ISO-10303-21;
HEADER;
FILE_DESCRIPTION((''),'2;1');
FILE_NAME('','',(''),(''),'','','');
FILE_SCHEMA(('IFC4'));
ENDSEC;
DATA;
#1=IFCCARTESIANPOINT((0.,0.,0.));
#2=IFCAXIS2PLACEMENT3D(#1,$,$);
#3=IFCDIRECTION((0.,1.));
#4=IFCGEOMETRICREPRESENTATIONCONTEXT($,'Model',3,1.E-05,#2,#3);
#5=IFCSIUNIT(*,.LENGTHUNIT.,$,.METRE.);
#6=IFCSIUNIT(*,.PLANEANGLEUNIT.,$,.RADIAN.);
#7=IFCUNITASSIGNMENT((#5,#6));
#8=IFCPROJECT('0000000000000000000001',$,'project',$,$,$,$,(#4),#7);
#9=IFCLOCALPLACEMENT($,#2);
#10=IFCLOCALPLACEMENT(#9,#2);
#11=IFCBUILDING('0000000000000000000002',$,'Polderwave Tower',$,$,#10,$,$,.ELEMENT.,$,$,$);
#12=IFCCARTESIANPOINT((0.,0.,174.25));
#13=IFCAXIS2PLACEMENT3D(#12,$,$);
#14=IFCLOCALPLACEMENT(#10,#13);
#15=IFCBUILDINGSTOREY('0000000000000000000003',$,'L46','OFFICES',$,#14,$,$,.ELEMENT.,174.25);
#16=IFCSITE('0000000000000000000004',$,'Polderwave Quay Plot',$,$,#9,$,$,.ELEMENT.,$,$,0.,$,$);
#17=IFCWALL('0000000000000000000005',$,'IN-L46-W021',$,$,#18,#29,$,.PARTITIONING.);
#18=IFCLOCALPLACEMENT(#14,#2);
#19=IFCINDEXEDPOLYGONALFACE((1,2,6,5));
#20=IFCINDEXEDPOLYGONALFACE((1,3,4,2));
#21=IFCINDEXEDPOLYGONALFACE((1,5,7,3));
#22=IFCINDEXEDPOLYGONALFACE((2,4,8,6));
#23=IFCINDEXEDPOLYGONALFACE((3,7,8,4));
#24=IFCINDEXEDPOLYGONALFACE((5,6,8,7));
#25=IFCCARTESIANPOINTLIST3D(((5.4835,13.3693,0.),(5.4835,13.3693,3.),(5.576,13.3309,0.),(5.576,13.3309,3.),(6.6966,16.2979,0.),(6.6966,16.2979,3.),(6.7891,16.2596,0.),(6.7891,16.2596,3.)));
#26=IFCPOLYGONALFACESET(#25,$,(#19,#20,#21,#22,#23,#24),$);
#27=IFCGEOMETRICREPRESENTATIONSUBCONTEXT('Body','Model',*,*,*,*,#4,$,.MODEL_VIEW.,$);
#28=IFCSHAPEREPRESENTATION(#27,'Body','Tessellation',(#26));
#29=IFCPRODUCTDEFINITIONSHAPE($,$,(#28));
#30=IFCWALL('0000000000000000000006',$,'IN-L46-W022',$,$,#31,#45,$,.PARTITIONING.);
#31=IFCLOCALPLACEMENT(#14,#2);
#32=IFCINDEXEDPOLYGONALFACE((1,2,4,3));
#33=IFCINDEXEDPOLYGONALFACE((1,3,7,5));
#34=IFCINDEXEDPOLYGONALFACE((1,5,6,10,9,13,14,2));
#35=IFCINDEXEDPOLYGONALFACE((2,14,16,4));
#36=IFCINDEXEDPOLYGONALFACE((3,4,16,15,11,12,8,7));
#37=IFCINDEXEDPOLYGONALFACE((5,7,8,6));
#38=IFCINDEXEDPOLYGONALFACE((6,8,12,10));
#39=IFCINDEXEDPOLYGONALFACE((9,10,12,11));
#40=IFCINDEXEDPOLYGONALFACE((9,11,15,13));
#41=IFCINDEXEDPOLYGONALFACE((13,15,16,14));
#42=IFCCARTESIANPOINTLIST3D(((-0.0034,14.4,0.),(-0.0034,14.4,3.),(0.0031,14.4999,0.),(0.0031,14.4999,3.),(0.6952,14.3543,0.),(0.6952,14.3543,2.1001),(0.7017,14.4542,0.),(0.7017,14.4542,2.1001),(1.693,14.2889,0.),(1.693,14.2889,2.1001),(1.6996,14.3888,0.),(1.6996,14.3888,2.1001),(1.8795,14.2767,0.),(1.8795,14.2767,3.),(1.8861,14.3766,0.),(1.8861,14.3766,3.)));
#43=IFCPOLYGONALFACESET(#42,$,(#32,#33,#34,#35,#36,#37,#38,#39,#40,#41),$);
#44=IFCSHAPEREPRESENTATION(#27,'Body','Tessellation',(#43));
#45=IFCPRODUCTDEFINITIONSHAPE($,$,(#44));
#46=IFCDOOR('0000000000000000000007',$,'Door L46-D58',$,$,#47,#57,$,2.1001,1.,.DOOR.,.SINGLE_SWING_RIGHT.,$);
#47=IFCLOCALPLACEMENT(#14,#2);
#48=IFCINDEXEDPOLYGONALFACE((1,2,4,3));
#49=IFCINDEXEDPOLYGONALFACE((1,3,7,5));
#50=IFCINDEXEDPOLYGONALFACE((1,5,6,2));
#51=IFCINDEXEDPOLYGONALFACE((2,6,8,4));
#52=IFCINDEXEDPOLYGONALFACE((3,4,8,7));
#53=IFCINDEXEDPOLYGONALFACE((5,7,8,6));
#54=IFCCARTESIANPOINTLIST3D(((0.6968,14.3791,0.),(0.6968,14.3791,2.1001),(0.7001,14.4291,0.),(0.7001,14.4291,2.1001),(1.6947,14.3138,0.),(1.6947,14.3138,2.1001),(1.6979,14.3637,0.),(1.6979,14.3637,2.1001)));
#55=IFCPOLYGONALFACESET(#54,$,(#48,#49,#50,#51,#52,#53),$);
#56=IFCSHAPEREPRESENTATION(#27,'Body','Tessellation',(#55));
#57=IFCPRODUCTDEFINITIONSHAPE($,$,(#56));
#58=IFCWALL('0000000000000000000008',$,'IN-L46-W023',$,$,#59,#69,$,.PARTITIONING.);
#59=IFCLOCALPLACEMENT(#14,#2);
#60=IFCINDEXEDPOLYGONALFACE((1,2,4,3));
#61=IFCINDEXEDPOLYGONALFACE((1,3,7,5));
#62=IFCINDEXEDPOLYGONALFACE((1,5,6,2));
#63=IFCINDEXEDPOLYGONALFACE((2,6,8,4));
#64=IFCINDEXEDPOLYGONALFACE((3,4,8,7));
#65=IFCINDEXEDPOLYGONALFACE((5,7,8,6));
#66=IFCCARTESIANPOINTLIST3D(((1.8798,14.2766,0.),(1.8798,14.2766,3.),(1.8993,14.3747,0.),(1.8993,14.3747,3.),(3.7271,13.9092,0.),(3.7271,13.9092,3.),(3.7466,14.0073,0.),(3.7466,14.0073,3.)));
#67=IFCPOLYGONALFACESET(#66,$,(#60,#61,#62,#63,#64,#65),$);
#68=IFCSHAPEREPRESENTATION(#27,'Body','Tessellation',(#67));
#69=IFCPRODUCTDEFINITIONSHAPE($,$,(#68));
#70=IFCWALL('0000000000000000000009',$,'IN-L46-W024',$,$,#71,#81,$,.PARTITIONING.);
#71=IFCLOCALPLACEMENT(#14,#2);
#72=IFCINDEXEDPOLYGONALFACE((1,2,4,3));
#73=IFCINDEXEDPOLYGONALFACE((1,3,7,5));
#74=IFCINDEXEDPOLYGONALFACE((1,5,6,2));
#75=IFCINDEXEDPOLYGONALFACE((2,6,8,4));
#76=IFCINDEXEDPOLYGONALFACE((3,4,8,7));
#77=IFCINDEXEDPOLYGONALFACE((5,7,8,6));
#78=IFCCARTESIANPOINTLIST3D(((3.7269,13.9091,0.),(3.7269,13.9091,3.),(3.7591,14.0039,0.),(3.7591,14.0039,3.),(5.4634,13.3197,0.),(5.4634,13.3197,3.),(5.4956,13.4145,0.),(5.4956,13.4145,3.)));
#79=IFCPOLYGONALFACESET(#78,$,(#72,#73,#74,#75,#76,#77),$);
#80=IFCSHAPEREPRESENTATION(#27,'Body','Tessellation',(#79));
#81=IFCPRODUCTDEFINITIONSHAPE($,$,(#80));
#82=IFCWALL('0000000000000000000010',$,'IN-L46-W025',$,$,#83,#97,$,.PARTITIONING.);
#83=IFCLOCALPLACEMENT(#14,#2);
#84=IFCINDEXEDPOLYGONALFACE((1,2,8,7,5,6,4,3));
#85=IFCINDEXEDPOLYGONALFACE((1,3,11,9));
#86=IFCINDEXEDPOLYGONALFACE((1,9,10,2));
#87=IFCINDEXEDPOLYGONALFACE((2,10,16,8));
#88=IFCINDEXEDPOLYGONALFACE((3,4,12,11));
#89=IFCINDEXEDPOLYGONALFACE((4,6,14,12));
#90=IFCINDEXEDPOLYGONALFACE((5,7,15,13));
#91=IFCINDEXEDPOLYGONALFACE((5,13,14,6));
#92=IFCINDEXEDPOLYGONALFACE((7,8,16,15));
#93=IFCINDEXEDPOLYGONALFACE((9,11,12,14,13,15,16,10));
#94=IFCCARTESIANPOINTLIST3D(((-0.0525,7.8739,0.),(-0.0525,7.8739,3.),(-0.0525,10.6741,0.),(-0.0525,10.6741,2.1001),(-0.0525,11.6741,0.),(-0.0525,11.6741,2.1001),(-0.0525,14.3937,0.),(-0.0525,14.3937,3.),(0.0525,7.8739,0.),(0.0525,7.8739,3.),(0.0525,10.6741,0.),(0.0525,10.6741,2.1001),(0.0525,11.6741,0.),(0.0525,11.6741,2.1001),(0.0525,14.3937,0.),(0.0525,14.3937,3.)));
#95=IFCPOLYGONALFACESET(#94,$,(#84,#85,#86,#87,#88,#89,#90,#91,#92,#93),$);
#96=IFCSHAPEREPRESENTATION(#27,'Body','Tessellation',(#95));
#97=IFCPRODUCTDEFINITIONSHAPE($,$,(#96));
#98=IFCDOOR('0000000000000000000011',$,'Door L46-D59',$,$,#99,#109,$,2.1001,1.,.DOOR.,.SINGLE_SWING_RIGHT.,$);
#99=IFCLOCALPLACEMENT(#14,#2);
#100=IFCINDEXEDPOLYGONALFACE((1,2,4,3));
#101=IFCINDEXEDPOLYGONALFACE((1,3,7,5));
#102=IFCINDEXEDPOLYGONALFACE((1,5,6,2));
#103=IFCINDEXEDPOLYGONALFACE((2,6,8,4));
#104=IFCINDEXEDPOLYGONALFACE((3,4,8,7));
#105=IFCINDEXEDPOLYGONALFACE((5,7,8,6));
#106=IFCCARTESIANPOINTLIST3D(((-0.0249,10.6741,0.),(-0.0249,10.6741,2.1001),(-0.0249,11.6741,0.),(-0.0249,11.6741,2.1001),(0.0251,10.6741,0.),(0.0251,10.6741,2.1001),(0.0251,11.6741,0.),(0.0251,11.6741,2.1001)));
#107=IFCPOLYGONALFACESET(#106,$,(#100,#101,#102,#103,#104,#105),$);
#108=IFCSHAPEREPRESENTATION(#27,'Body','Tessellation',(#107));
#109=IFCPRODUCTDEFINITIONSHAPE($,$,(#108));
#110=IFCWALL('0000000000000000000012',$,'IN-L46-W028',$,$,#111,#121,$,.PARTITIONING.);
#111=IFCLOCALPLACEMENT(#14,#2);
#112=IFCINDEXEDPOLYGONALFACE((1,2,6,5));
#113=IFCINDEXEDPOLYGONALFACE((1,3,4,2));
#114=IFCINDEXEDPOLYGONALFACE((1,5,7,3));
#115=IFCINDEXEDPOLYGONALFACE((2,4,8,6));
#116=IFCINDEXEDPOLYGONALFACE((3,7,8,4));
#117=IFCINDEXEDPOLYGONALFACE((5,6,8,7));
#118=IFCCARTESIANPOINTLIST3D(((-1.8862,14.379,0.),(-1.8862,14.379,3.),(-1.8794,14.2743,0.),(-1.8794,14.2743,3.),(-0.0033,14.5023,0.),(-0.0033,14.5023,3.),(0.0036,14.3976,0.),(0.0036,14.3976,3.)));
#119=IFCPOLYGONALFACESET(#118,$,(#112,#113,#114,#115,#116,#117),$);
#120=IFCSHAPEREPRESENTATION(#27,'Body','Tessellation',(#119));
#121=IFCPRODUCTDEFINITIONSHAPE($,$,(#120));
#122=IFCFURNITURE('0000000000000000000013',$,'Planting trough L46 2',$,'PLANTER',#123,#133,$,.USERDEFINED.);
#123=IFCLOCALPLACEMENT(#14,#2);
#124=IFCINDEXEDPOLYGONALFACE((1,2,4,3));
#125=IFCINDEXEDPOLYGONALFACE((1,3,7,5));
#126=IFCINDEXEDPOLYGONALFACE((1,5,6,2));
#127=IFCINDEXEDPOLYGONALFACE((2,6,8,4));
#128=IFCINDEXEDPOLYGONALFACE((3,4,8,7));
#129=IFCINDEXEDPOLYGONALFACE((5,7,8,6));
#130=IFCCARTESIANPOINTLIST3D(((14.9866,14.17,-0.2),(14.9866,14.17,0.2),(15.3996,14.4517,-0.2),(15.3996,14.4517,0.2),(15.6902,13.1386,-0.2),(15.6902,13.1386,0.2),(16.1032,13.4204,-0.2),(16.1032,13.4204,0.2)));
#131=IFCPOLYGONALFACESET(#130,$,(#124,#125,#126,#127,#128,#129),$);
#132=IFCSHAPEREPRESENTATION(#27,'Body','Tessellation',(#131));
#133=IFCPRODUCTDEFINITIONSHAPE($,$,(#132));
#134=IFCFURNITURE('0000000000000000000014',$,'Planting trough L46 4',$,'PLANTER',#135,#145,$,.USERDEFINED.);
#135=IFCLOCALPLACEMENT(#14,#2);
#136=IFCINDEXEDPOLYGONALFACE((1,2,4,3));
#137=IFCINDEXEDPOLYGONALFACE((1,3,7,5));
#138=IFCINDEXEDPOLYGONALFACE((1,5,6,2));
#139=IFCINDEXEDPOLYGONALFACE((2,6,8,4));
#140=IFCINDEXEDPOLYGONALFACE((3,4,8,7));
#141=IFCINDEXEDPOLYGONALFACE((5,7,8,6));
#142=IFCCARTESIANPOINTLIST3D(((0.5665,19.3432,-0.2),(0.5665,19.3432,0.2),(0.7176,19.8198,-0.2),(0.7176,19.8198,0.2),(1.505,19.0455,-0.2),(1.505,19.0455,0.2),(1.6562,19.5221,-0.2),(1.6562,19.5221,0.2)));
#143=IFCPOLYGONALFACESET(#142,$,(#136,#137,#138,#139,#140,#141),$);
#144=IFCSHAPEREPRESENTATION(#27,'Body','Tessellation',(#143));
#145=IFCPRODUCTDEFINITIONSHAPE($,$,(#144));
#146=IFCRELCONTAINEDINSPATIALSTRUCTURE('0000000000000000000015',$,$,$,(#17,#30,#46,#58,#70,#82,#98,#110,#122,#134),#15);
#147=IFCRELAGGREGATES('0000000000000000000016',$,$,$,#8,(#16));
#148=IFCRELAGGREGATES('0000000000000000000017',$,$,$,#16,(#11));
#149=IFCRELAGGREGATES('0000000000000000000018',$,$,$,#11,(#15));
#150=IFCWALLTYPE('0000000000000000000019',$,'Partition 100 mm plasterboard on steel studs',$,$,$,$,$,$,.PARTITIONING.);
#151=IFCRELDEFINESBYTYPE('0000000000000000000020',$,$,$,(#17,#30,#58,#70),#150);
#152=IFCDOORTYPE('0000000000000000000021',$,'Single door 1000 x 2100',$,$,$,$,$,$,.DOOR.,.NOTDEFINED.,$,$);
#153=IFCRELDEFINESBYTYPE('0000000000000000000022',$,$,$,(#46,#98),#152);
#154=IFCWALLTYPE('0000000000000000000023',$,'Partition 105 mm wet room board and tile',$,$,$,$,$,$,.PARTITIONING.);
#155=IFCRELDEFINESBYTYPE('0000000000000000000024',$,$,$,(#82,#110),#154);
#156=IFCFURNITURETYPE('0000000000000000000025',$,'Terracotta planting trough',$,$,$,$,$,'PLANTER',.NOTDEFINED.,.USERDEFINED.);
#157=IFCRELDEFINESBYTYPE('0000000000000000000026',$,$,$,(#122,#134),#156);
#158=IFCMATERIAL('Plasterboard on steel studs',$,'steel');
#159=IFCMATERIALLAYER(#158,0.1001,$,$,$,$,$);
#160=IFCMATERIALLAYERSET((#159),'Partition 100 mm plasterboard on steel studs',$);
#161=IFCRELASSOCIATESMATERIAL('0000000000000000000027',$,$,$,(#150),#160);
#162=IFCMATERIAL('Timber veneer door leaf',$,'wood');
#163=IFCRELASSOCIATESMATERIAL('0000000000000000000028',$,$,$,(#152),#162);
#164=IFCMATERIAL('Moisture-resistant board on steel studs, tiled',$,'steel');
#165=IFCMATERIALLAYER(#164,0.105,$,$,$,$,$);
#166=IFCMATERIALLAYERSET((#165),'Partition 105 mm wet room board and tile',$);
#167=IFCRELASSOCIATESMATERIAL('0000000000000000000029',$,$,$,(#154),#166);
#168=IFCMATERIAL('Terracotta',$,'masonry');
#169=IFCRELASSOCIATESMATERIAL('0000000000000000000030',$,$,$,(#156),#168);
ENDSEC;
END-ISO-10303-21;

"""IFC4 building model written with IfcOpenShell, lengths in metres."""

from ifc_helpers import new_model, si_unit, direction, frame, frame_2d, origin, origin_2d, place, context, subcontext, project, spatial, rectangle, extrude, material, layer, layer_set, type_object, element, fill, save


model = new_model("IFC4")

# Units and contexts
model_context = context("Model", 3, precision=1e-05, world=origin(), true_north=direction((0.0, 1.0)))
body_context = subcontext(model_context, "Body", "Model", "MODEL_VIEW")
ifc_project = project(units=[si_unit("LENGTHUNIT", "METRE"), si_unit("PLANEANGLEUNIT", "RADIAN")], contexts=[model_context])

# Site, building, storey
site_placement = place(None, origin())
site = spatial("IfcSite", under=ifc_project, at=site_placement, Name="Polderwave Quay Plot", CompositionType="ELEMENT", RefElevation=0.0)
building_placement = place(site_placement, origin())
building = spatial("IfcBuilding", under=site, at=building_placement, Name="Polderwave Tower", CompositionType="ELEMENT")
storey_placement = place(building_placement, frame((0.0, 0.0, 174.25)))
storey = spatial("IfcBuildingStorey", under=building, at=storey_placement, Name="L46", Description="OFFICES", CompositionType="ELEMENT", Elevation=174.25)

# Shared definitions
ifc_material_1 = material(Name="Plasterboard on steel studs", Category="steel")
ifc_layer_1 = layer(ifc_material_1, 0.1001)
ifc_layer_set_1 = layer_set([ifc_layer_1], Name="Partition 100 mm plasterboard on steel studs")
wall_type_1 = type_object("IfcWallType", Name="Partition 100 mm plasterboard on steel studs", PredefinedType="PARTITIONING", material=ifc_layer_set_1)
ifc_material_2 = material(Name="Timber veneer door leaf", Category="wood")
door_type = type_object("IfcDoorType", Name="Single door 1000 x 2100", OperationType="NOTDEFINED", PredefinedType="DOOR", material=ifc_material_2)

# Wall
wall_1_placement = place(storey_placement, frame((5.5298, 13.3501, 0.0), z_axis=(0.0, 0.0, 1.0), x_axis=(0.38269, 0.923877, 0.0)))
element("IfcWall", 1, at=wall_1_placement, inside=storey, type_object=wall_type_1, Name="IN-L46-W021", PredefinedType="PARTITIONING", context=body_context, shape_type="SweptSolid", body=[
    extrude(rectangle(XDim=3.1699, YDim=0.1001, at=frame_2d((1.585, 0.0))), origin(), (0.0, 0.0, 1.0), 3.0),
])

# Wall, opening, door
wall_2_placement = place(storey_placement, frame((0.0, 14.45, 0.0), z_axis=(0.0, 0.0, 1.0), x_axis=(0.997863, -0.065342, 0.0)))
wall_2 = element("IfcWall", 2, at=wall_2_placement, inside=storey, type_object=wall_type_1, Name="IN-L46-W022", PredefinedType="PARTITIONING", context=body_context, shape_type="SweptSolid", body=[
    extrude(rectangle(XDim=1.887, YDim=0.1001, at=frame_2d((0.9434, 0.0))), origin(), (0.0, 0.0, 1.0), 3.0),
])
opening_1_placement = place(wall_2_placement, frame((0.7, 0.0, 0.0)))
opening_1 = element("IfcOpeningElement", 3, at=opening_1_placement, cuts=wall_2, PredefinedType="OPENING", context=body_context, shape_type="SweptSolid", body=[
    extrude(rectangle(XDim=1.0, YDim=2.1001, at=frame_2d((0.5, 1.05))), frame((0.0, 0.0601, 0.0), z_axis=(0.0, -1.0, 0.0), x_axis=(1.0, 0.0, 0.0)), (0.0, 0.0, 1.0), 0.1201),
])
door_1_placement = place(opening_1_placement, origin())
door_1 = element("IfcDoor", 4, at=door_1_placement, inside=storey, type_object=door_type, Name="Door L46-D58", OperationType="SINGLE_SWING_RIGHT", OverallHeight=2.1001, OverallWidth=1.0, PredefinedType="DOOR", context=body_context, shape_type="SweptSolid", body=[
    extrude(rectangle(XDim=1.0, YDim=2.1001, at=frame_2d((0.5, 1.05))), frame((0.0, 0.0249, 0.0), z_axis=(0.0, -1.0, 0.0), x_axis=(1.0, 0.0, 0.0)), (0.0, 0.0, 1.0), 0.05),
])
fill(opening_1, door_1)

# Walls
wall_3_placement = place(storey_placement, frame((1.8894, 14.3257, 0.0), z_axis=(0.0, 0.0, 1.0), x_axis=(0.980789, -0.195069, 0.0)))
element("IfcWall", 5, at=wall_3_placement, inside=storey, type_object=wall_type_1, Name="IN-L46-W023", PredefinedType="PARTITIONING", context=body_context, shape_type="SweptSolid", body=[
    extrude(rectangle(XDim=1.8835, YDim=0.1001, at=frame_2d((0.9419, 0.0))), origin(), (0.0, 0.0, 1.0), 3.0),
])
wall_4_placement = place(storey_placement, frame((3.7429, 13.9565, 0.0), z_axis=(0.0, 0.0, 1.0), x_axis=(0.946938, -0.321416, 0.0)))
element("IfcWall", 6, at=wall_4_placement, inside=storey, type_object=wall_type_1, Name="IN-L46-W024", PredefinedType="PARTITIONING", context=body_context, shape_type="SweptSolid", body=[
    extrude(rectangle(XDim=1.8337, YDim=0.1001, at=frame_2d((0.917, 0.0))), origin(), (0.0, 0.0, 1.0), 3.0),
])

# Wall, opening, door
ifc_material_3 = material(Name="Moisture-resistant board on steel studs, tiled", Category="steel")
ifc_layer_2 = layer(ifc_material_3, 0.105)
ifc_layer_set_2 = layer_set([ifc_layer_2], Name="Partition 105 mm wet room board and tile")
wall_type_2 = type_object("IfcWallType", Name="Partition 105 mm wet room board and tile", PredefinedType="PARTITIONING", material=ifc_layer_set_2)
wall_5_placement = place(storey_placement, frame((0.0, 7.874, 0.0), z_axis=(0.0, 0.0, 1.0), x_axis=(0.0, 1.0, 0.0)))
wall_5 = element("IfcWall", 7, at=wall_5_placement, inside=storey, type_object=wall_type_2, Name="IN-L46-W025", PredefinedType="PARTITIONING", context=body_context, shape_type="SweptSolid", body=[
    extrude(rectangle(XDim=6.5198, YDim=0.105, at=frame_2d((3.2598, 0.0))), origin(), (0.0, 0.0, 1.0), 3.0),
])
opening_2_placement = place(wall_5_placement, frame((2.8, 0.0, 0.0)))
opening_2 = element("IfcOpeningElement", 8, at=opening_2_placement, cuts=wall_5, PredefinedType="OPENING", context=body_context, shape_type="SweptSolid", body=[
    extrude(rectangle(XDim=1.0, YDim=2.1001, at=frame_2d((0.5, 1.05))), frame((0.0, 0.0625, 0.0), z_axis=(0.0, -1.0, 0.0), x_axis=(1.0, 0.0, 0.0)), (0.0, 0.0, 1.0), 0.125),
])
door_2_placement = place(opening_2_placement, origin())
door_2 = element("IfcDoor", 9, at=door_2_placement, inside=storey, type_object=door_type, Name="Door L46-D59", OperationType="SINGLE_SWING_RIGHT", OverallHeight=2.1001, OverallWidth=1.0, PredefinedType="DOOR", context=body_context, shape_type="SweptSolid", body=[
    extrude(rectangle(XDim=1.0, YDim=2.1001, at=frame_2d((0.5, 1.05))), frame((0.0, 0.0249, 0.0), z_axis=(0.0, -1.0, 0.0), x_axis=(1.0, 0.0, 0.0)), (0.0, 0.0, 1.0), 0.05),
])
fill(opening_2, door_2)

# Wall
wall_6_placement = place(storey_placement, frame((0.0, 14.45, 0.0), z_axis=(0.0, 0.0, 1.0), x_axis=(-0.997863, -0.065342, 0.0)))
element("IfcWall", 10, at=wall_6_placement, inside=storey, type_object=wall_type_2, Name="IN-L46-W028", PredefinedType="PARTITIONING", context=body_context, shape_type="SweptSolid", body=[
    extrude(rectangle(XDim=1.887, YDim=0.105, at=frame_2d((0.9434, 0.0))), origin(), (0.0, 0.0, 1.0), 3.0),
])

# Furniture
ifc_material_4 = material(Name="Terracotta", Category="masonry")
furniture_type = type_object("IfcFurnitureType", Name="Terracotta planting trough", ElementType="PLANTER", AssemblyPlace="NOTDEFINED", PredefinedType="USERDEFINED", material=ifc_material_4)
furniture_1_placement = place(storey_placement, frame((15.5449, 13.7952, -0.2), z_axis=(0.0, 0.0, 1.0), x_axis=(-0.563551, 0.826082, 0.0)))
element("IfcFurniture", 11, at=furniture_1_placement, inside=storey, type_object=furniture_type, Name="Planting trough L46 2", ObjectType="PLANTER", PredefinedType="USERDEFINED", context=body_context, shape_type="SweptSolid", body=[
    extrude(rectangle(XDim=1.2485, YDim=0.5, at=origin_2d()), origin(), (0.0, 0.0, 1.0), 0.3999),
])
furniture_2_placement = place(storey_placement, frame((1.1113, 19.4326, -0.2), z_axis=(0.0, 0.0, 1.0), x_axis=(-0.953201, 0.302337, 0.0)))
element("IfcFurniture", 12, at=furniture_2_placement, inside=storey, type_object=furniture_type, Name="Planting trough L46 4", ObjectType="PLANTER", PredefinedType="USERDEFINED", context=body_context, shape_type="SweptSolid", body=[
    extrude(rectangle(XDim=0.9846, YDim=0.5, at=origin_2d()), origin(), (0.0, 0.0, 1.0), 0.3999),
])

save(model, "model.ifc")
